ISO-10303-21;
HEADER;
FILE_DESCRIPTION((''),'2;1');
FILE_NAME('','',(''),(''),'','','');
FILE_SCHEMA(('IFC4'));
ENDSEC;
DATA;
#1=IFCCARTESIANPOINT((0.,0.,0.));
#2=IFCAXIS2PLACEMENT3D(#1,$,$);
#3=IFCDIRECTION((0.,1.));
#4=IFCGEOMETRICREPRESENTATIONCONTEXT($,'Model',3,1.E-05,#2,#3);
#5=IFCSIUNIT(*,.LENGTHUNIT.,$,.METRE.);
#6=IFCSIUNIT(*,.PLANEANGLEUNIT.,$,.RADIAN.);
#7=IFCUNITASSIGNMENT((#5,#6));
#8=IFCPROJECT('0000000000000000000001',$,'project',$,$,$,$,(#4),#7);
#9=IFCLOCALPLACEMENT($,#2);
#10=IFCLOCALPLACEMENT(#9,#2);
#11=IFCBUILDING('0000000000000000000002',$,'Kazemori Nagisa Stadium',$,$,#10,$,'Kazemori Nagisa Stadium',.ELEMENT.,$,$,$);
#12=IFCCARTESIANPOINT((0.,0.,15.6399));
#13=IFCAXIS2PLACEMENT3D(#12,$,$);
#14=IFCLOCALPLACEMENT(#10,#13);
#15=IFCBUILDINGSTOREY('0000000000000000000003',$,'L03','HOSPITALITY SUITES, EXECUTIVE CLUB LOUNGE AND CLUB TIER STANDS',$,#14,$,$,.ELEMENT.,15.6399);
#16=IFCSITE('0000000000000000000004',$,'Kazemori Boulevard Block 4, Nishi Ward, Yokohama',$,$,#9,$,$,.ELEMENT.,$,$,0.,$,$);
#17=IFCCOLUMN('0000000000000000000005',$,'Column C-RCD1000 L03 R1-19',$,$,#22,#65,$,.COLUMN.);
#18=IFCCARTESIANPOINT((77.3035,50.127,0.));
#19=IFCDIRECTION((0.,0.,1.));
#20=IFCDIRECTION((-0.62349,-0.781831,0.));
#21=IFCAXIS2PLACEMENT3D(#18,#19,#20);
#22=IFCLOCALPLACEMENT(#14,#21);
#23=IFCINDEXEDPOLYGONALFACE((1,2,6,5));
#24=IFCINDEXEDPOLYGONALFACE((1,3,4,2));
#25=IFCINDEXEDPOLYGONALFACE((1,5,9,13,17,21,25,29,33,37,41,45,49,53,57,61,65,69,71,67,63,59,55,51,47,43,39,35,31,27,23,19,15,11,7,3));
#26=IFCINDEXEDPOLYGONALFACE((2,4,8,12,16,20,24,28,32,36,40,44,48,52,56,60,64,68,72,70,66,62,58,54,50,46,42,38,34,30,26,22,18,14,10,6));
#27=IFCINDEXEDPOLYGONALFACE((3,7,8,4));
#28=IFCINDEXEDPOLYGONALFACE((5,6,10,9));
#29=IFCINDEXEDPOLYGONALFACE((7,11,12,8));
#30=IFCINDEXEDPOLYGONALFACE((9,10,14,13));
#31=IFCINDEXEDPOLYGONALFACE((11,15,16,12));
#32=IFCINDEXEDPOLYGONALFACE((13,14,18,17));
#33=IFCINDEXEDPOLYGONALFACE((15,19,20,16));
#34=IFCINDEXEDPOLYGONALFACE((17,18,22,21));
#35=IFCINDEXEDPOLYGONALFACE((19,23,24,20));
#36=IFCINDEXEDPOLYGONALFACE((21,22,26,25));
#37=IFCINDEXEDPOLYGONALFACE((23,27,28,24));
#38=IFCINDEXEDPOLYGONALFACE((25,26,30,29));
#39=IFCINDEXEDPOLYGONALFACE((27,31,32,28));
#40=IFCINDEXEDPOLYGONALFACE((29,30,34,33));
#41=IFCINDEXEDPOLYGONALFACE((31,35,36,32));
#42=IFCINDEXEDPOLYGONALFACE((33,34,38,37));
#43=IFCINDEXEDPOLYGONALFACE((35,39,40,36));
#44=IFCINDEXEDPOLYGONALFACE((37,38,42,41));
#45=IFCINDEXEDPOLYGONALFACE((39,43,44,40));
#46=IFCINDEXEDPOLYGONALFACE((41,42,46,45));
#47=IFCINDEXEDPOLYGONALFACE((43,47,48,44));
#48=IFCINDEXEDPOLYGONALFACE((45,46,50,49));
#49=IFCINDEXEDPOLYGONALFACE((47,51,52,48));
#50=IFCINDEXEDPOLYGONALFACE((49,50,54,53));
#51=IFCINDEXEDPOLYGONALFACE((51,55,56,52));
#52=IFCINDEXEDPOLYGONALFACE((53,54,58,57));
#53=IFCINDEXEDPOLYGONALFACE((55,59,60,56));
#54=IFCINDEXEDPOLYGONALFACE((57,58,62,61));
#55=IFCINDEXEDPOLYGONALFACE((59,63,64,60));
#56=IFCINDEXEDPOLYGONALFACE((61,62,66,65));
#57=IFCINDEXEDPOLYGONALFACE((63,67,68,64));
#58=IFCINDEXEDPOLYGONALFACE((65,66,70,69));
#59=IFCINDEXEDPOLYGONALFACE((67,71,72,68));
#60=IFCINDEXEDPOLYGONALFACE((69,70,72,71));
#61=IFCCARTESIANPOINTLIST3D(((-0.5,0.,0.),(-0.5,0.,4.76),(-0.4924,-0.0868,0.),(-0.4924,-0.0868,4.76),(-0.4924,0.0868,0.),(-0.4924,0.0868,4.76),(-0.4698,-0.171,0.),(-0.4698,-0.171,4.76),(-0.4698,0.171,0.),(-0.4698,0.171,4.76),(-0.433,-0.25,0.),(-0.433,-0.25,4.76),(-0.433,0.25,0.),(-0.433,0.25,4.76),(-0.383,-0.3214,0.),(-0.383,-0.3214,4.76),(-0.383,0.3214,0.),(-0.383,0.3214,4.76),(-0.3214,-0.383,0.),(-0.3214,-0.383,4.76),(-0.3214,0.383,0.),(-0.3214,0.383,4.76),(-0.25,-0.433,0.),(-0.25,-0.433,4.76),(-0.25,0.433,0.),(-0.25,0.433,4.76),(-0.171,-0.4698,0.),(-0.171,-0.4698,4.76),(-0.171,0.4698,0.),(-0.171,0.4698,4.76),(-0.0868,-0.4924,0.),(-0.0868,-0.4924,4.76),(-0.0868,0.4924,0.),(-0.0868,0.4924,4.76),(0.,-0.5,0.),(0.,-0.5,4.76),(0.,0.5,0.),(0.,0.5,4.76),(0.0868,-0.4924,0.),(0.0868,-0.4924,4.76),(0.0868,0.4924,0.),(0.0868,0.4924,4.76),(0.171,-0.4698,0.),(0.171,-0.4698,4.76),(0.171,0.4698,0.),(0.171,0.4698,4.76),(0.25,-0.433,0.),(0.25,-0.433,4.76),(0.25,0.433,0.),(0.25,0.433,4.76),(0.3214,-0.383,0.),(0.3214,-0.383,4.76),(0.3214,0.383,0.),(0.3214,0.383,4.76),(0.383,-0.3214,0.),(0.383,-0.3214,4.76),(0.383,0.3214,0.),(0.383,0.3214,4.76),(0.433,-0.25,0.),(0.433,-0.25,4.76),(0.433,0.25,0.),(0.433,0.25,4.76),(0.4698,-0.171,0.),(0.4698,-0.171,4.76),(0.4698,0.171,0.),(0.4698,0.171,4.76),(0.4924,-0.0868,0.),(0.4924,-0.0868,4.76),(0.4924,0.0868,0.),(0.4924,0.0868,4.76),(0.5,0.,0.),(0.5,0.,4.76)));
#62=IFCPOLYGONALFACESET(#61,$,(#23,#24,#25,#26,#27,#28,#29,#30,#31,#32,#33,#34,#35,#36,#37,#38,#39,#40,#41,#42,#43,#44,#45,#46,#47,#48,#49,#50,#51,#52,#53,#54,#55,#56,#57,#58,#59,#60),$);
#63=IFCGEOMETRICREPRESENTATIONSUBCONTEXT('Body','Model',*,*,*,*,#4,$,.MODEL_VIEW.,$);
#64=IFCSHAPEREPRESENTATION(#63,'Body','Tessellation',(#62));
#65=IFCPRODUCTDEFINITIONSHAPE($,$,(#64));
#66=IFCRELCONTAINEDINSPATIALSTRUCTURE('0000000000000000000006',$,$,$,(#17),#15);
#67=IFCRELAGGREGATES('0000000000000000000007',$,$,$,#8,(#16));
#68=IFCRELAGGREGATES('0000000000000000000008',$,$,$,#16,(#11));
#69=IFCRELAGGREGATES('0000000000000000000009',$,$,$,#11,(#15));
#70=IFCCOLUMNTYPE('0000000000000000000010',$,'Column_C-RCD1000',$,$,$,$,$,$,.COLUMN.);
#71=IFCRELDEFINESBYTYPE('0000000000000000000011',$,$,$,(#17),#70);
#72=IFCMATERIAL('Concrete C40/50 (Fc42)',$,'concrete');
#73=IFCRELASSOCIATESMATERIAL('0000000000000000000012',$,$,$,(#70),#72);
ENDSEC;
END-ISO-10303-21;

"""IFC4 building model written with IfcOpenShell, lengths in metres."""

from ifc_helpers import new_model, si_unit, direction, frame, origin, origin_2d, place, context, subcontext, project, spatial, circle, extrude, material, material_profile, profile_set, type_object, element, save


model = new_model("IFC4")

# Units and contexts
model_context = context("Model", 3, precision=1e-05, world=origin(), true_north=direction((0.0, 1.0)))
body_context = subcontext(model_context, "Body", "Model", "MODEL_VIEW")
ifc_project = project(units=[si_unit("LENGTHUNIT", "METRE"), si_unit("PLANEANGLEUNIT", "RADIAN")], contexts=[model_context])

# Site, building, storey
site_placement = place(None, origin())
site = spatial("IfcSite", under=ifc_project, at=site_placement, Name="Kazemori Boulevard Block 4, Nishi Ward, Yokohama", CompositionType="ELEMENT", RefElevation=0.0)
building_placement = place(site_placement, origin())
building = spatial("IfcBuilding", under=site, at=building_placement, Name="Kazemori Nagisa Stadium", LongName="Kazemori Nagisa Stadium", CompositionType="ELEMENT")
storey_placement = place(building_placement, frame((0.0, 0.0, 15.6399)))
storey = spatial("IfcBuildingStorey", under=building, at=storey_placement, Name="L03", Description="HOSPITALITY SUITES, EXECUTIVE CLUB LOUNGE AND CLUB TIER STANDS", CompositionType="ELEMENT", Elevation=15.6399)

# Column
ifc_material_1 = material(Name="Concrete C40/50 (Fc42)", Category="concrete")
ifc_material_profile_1 = material_profile(ifc_material_1, circle(Radius=0.5, at=origin_2d()), Name="RC-COL-D1000")
ifc_profile_set_1 = profile_set([ifc_material_profile_1], Name="Concrete C40/50 (Fc42)")
column_type = type_object("IfcColumnType", Name="Column_C-RCD1000", PredefinedType="COLUMN", material=ifc_profile_set_1)
column_placement = place(storey_placement, frame((77.3035, 50.127, 0.0), z_axis=(0.0, 0.0, 1.0), x_axis=(-0.62349, -0.781831, 0.0)))
element("IfcColumn", 1, at=column_placement, inside=storey, type_object=column_type, Name="Column C-RCD1000 L03 R1-19", PredefinedType="COLUMN", context=body_context, shape_type="SweptSolid", body=[
    extrude(circle(Radius=0.5, at=origin_2d()), origin(), (0.0, 0.0, 1.0), 4.76),
])

save(model, "model.ifc")
